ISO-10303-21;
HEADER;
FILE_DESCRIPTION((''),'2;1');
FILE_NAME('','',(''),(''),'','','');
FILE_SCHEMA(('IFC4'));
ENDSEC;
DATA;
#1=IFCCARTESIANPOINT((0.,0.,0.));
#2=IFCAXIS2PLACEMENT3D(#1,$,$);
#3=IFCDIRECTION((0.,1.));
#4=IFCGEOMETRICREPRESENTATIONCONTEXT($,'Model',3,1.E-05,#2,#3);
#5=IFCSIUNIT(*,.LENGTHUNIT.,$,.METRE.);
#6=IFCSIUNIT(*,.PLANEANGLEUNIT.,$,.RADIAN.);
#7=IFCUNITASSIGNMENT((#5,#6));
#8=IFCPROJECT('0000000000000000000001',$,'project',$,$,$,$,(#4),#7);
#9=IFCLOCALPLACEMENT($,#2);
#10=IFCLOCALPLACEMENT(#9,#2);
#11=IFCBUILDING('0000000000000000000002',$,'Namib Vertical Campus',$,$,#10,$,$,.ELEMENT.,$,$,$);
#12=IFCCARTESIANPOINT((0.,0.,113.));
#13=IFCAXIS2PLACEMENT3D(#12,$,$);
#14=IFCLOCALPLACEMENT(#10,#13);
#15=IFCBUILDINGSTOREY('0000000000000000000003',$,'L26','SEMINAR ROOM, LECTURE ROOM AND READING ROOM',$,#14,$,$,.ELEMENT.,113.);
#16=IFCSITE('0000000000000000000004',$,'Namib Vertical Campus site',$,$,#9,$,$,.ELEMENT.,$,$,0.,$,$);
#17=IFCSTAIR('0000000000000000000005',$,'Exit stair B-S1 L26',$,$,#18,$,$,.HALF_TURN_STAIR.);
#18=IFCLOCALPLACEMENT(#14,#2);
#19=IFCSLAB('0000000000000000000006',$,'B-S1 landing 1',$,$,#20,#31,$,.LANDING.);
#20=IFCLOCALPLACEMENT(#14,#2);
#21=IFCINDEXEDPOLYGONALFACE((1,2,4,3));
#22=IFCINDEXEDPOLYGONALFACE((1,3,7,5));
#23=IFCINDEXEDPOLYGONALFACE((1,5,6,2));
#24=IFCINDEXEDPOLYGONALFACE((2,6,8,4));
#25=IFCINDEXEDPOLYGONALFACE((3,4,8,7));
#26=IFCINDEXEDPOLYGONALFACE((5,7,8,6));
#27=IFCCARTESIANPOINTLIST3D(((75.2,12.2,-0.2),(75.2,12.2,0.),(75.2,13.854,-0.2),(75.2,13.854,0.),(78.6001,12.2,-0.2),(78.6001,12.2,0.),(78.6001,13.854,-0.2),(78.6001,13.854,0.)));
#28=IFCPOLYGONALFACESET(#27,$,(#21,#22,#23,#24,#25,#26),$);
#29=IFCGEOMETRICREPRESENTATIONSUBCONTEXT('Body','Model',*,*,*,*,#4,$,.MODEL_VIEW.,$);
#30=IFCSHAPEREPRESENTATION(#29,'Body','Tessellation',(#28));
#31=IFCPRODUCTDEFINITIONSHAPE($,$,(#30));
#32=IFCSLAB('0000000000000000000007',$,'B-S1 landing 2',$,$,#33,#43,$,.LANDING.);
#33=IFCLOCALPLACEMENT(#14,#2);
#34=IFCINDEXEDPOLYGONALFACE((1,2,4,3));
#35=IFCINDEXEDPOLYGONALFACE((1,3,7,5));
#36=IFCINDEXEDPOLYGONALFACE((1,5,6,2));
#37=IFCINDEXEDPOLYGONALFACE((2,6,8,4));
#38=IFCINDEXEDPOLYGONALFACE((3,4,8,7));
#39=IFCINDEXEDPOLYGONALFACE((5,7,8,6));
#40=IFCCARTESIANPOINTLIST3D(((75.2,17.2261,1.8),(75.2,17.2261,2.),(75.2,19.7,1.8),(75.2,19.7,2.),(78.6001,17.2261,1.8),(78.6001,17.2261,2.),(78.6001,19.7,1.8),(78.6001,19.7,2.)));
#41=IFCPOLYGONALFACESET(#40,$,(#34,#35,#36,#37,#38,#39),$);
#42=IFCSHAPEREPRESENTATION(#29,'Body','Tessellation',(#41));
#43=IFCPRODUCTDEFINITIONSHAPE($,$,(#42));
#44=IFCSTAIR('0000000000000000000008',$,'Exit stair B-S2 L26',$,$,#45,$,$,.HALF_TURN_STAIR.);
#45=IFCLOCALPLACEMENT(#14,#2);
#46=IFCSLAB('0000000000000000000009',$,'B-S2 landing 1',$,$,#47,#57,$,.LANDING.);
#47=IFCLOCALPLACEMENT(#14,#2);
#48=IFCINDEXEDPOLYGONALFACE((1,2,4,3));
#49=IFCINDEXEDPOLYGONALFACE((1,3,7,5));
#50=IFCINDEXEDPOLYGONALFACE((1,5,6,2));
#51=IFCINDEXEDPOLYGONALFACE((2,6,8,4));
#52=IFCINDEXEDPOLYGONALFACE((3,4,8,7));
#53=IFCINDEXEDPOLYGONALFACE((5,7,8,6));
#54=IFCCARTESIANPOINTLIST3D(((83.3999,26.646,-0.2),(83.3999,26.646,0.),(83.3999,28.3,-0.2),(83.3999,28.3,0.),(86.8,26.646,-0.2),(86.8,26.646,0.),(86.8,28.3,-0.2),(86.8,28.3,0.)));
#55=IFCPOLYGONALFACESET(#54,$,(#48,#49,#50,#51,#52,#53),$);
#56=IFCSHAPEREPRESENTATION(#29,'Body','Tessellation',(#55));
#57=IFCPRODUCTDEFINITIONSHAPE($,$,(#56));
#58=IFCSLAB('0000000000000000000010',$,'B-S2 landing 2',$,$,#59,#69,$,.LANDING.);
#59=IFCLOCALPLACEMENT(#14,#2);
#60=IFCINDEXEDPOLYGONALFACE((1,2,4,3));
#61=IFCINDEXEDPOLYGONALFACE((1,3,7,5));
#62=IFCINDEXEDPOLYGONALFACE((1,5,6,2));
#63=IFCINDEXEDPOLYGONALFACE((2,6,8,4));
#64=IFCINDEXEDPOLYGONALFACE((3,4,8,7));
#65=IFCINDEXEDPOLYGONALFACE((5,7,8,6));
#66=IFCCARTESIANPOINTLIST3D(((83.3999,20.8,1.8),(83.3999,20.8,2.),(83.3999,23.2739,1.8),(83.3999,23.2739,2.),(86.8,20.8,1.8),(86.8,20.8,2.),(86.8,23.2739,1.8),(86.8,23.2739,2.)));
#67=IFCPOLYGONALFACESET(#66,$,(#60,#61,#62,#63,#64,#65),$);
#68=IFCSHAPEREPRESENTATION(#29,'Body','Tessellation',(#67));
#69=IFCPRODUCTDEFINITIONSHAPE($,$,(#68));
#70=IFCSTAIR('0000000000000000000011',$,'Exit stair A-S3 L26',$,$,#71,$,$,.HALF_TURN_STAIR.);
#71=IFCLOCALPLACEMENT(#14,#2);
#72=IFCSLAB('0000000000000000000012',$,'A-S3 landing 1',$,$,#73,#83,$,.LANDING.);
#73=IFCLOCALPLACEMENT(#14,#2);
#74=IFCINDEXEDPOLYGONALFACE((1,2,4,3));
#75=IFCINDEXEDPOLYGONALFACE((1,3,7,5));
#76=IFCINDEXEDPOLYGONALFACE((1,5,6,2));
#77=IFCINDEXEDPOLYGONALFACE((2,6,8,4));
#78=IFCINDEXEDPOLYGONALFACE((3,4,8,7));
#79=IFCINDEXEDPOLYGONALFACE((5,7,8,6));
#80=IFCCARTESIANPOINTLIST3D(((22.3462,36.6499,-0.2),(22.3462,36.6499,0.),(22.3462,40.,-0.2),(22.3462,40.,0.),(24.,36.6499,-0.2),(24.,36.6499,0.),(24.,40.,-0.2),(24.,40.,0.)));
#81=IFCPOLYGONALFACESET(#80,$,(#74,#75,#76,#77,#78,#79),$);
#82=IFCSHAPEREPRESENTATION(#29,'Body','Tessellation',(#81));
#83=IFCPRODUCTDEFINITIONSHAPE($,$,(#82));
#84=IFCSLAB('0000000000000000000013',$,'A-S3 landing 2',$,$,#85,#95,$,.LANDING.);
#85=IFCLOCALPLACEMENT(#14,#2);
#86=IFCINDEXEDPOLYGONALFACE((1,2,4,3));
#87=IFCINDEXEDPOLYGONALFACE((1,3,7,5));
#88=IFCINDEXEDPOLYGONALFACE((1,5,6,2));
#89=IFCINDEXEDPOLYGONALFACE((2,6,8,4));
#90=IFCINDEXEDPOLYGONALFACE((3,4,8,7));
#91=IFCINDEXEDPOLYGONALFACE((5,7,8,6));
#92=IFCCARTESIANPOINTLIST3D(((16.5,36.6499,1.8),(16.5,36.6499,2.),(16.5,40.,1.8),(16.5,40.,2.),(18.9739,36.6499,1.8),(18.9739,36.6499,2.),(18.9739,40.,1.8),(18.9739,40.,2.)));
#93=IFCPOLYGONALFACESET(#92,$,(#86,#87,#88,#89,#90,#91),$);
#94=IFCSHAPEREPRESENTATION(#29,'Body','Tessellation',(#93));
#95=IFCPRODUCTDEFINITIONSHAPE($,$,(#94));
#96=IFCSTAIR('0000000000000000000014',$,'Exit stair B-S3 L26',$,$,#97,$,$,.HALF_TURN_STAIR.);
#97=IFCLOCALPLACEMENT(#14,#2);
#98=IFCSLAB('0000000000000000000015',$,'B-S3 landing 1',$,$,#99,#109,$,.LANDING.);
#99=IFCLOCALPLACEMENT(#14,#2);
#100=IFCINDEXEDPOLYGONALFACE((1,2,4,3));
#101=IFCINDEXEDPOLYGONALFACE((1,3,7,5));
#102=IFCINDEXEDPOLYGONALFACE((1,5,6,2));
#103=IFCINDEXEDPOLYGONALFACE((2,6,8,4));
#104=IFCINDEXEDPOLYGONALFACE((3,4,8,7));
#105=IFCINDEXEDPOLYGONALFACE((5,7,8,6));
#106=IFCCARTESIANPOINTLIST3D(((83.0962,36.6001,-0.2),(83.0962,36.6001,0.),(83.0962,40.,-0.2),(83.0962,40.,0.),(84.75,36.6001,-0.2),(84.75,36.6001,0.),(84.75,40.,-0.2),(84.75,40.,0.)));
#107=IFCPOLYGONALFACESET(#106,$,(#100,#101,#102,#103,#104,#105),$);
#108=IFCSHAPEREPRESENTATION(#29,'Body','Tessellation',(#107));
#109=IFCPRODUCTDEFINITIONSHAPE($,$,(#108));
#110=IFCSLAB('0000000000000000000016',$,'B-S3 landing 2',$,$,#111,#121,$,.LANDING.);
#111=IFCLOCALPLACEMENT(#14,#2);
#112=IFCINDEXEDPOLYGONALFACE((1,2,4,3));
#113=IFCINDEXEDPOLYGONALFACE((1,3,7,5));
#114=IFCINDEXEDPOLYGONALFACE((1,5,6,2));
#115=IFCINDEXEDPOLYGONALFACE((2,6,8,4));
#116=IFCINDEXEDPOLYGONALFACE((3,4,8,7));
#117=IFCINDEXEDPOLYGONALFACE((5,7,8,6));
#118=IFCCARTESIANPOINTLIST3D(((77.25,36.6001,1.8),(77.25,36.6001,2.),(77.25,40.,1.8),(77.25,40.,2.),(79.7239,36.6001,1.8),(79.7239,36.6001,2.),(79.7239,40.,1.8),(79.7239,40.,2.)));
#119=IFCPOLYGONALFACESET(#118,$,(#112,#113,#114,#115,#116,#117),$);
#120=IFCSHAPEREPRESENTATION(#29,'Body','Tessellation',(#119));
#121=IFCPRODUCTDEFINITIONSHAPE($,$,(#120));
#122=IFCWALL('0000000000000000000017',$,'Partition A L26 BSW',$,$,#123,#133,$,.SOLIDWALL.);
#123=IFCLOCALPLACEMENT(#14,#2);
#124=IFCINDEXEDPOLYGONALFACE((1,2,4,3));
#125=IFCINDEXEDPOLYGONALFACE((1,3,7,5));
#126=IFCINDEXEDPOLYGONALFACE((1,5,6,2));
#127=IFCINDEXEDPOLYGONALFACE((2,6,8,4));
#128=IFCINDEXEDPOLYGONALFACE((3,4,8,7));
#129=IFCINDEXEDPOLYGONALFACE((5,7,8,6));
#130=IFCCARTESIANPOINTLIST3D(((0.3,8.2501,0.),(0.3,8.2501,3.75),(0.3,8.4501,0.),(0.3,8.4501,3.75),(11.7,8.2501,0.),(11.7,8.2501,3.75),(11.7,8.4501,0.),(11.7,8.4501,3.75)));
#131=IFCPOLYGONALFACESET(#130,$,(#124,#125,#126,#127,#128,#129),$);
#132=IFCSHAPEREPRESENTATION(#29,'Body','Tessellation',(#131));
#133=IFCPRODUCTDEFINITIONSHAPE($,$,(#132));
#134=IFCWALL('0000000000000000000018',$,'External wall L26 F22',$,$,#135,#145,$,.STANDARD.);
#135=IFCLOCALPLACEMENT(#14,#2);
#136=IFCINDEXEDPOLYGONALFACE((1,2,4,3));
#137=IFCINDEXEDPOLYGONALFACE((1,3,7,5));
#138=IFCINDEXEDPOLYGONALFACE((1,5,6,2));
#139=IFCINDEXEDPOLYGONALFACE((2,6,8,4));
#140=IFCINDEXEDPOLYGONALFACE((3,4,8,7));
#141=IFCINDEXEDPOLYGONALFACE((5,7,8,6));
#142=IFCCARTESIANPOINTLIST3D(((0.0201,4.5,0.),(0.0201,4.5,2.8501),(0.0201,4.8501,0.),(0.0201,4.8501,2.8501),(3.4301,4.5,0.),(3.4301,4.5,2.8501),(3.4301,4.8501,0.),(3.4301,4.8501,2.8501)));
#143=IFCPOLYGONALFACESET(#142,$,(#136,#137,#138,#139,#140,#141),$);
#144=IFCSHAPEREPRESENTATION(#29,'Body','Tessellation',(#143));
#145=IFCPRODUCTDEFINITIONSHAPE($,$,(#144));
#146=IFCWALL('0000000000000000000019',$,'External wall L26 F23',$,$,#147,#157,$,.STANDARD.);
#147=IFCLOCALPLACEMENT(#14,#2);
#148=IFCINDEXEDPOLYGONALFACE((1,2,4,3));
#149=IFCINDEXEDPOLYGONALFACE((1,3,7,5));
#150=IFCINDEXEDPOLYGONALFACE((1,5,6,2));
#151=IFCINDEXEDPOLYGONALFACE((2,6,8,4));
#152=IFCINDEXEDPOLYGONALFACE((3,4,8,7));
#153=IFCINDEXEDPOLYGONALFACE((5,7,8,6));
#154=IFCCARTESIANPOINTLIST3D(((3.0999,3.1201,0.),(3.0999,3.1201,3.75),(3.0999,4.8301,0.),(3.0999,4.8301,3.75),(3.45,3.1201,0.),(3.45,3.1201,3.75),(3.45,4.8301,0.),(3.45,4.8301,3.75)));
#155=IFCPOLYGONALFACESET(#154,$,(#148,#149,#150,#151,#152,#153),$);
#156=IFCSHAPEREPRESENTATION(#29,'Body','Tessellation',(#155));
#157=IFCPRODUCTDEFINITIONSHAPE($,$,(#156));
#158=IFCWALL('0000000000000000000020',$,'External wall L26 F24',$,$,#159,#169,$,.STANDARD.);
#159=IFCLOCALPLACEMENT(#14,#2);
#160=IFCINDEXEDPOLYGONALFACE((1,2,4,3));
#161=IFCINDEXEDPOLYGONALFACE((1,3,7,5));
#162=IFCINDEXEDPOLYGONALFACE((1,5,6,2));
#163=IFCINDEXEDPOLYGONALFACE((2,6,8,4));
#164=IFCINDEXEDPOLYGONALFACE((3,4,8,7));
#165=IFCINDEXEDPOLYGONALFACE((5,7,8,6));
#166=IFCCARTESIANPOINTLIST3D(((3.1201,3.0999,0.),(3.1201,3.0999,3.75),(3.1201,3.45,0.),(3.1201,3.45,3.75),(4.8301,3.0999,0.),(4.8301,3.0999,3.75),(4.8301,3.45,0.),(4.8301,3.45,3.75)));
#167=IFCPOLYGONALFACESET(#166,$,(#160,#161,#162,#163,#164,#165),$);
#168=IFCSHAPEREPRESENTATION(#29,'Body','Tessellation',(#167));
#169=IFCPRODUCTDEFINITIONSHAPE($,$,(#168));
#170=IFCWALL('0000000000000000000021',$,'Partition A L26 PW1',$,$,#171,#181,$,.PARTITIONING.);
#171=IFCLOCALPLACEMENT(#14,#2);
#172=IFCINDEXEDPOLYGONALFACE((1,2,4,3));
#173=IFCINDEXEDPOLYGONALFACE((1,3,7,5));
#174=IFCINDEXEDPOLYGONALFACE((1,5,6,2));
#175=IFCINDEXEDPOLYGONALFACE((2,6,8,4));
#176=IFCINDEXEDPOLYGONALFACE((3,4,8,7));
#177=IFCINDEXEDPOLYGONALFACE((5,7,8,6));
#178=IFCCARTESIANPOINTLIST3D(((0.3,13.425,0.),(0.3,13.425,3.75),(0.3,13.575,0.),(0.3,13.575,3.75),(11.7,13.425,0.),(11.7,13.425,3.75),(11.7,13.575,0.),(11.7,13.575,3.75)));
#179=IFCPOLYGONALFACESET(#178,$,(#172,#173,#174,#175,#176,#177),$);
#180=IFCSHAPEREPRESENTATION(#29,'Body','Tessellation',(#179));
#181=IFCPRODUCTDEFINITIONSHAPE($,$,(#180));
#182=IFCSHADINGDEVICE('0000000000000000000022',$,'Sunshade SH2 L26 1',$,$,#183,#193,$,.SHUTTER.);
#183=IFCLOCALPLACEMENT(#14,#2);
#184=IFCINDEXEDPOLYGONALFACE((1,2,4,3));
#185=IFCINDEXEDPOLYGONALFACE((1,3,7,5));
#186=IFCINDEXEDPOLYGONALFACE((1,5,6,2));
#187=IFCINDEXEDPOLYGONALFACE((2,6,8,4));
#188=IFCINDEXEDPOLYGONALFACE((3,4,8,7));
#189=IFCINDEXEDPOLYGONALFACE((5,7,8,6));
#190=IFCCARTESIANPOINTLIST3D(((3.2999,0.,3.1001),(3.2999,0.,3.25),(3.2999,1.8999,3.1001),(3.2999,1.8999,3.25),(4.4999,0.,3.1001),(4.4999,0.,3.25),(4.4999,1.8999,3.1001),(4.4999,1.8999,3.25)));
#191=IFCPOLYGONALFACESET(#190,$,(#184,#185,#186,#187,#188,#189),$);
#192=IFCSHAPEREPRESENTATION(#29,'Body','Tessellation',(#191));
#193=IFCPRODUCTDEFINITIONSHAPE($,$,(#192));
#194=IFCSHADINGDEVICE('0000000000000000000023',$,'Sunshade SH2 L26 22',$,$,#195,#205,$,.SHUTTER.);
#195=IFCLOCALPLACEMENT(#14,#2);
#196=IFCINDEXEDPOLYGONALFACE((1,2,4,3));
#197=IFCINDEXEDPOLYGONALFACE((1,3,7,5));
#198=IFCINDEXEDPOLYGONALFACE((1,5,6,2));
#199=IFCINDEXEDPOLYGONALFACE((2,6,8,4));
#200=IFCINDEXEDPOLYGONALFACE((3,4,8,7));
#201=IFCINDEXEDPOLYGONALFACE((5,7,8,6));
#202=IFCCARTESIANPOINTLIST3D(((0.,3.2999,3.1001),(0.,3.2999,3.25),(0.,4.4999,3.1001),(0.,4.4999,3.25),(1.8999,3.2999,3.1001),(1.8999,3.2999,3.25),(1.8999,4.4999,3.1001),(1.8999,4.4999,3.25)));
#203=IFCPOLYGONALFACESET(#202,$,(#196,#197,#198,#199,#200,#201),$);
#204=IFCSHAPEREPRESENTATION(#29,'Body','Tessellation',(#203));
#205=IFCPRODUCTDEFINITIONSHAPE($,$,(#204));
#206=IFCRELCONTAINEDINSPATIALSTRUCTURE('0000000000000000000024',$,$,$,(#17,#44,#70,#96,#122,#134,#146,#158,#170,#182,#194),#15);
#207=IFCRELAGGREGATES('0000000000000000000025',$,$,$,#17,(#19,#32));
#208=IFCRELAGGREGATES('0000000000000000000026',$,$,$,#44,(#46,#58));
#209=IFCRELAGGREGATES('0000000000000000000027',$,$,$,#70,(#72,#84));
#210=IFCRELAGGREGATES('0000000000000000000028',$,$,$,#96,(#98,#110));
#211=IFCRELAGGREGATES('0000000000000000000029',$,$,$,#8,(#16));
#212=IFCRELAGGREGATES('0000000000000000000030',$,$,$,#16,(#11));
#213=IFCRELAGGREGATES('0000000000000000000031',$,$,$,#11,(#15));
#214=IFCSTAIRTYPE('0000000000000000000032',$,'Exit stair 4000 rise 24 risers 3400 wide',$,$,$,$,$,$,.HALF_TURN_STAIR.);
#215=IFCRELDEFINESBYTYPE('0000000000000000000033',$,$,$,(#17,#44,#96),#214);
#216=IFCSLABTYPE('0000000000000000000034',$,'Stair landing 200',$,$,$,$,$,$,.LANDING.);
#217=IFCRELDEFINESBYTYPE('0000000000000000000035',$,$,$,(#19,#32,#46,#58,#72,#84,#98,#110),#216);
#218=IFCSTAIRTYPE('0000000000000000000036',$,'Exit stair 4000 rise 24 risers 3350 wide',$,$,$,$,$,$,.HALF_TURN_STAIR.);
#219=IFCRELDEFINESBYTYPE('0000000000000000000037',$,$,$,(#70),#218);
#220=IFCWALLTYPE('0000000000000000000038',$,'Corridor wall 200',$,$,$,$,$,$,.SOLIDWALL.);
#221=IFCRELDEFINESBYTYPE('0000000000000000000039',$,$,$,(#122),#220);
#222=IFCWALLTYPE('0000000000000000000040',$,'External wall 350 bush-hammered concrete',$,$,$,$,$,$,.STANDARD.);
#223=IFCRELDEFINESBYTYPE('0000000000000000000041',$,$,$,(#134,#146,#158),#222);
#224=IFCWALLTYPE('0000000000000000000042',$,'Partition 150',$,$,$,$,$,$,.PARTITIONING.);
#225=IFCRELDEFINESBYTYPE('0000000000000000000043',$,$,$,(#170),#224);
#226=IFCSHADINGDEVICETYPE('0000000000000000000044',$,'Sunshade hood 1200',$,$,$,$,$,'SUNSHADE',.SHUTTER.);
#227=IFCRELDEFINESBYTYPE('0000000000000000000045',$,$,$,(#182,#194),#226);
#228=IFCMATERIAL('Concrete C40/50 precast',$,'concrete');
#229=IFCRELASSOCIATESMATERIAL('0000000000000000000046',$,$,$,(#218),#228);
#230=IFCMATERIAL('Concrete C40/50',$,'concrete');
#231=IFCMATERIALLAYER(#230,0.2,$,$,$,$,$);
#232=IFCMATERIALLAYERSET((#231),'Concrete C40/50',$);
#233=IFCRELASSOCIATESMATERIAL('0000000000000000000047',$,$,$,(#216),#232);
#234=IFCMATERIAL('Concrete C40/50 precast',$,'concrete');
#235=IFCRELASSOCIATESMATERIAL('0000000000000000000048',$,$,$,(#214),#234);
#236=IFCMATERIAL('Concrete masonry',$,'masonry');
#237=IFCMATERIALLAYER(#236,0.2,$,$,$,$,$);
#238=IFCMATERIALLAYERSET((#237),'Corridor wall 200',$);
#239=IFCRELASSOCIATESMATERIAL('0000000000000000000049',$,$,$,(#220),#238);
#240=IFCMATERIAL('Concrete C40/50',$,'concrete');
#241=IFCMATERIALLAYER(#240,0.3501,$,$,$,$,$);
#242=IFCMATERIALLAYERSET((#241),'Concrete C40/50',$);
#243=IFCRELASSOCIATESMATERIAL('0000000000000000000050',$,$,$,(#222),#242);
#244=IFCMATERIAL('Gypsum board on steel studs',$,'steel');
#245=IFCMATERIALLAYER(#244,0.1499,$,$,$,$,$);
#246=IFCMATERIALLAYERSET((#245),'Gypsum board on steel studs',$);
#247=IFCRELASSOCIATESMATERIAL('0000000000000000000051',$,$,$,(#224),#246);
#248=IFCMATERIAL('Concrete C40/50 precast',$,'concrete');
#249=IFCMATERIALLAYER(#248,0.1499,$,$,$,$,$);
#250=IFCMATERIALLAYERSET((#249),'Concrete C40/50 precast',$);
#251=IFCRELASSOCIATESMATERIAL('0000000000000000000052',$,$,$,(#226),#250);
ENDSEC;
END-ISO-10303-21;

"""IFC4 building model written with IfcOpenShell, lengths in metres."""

from ifc_helpers import new_model, si_unit, direction, frame, frame_2d, origin, origin_2d, place, context, subcontext, project, spatial, polyline, rectangle, outline, extrude, material, layer, layer_set, type_object, element, aggregate, save


model = new_model("IFC4")

# Units and contexts
model_context = context("Model", 3, precision=1e-05, world=origin(), true_north=direction((0.0, 1.0)))
body_context = subcontext(model_context, "Body", "Model", "MODEL_VIEW")
ifc_project = project(units=[si_unit("LENGTHUNIT", "METRE"), si_unit("PLANEANGLEUNIT", "RADIAN")], contexts=[model_context])

# Site, building, storey
site_placement = place(None, origin())
site = spatial("IfcSite", under=ifc_project, at=site_placement, Name="Namib Vertical Campus site", CompositionType="ELEMENT", RefElevation=0.0)
building_placement = place(site_placement, origin())
building = spatial("IfcBuilding", under=site, at=building_placement, Name="Namib Vertical Campus", CompositionType="ELEMENT")
storey_placement = place(building_placement, frame((0.0, 0.0, 113.0)))
storey = spatial("IfcBuildingStorey", under=building, at=storey_placement, Name="L26", Description="SEMINAR ROOM, LECTURE ROOM AND READING ROOM", CompositionType="ELEMENT", Elevation=113.0)

# Stairs, slabs
ifc_material_1 = material(Name="Concrete C40/50 precast", Category="concrete")
stair_type_1 = type_object("IfcStairType", Name="Exit stair 4000 rise 24 risers 3350 wide", PredefinedType="HALF_TURN_STAIR", material=ifc_material_1)
ifc_material_2 = material(Name="Concrete C40/50", Category="concrete")
ifc_layer_1 = layer(ifc_material_2, 0.2)
ifc_layer_set_1 = layer_set([ifc_layer_1], Name="Concrete C40/50")
slab_type_1 = type_object("IfcSlabType", Name="Stair landing 200", PredefinedType="LANDING", material=ifc_layer_set_1)
ifc_material_3 = material(Name="Concrete C40/50 precast", Category="concrete")
stair_type_2 = type_object("IfcStairType", Name="Exit stair 4000 rise 24 risers 3400 wide", PredefinedType="HALF_TURN_STAIR", material=ifc_material_3)
stair_1_placement = place(storey_placement, origin())
stair_1 = element("IfcStair", 1, at=stair_1_placement, inside=storey, type_object=stair_type_2, Name="Exit stair B-S1 L26", PredefinedType="HALF_TURN_STAIR")
slab_1_placement = place(storey_placement, frame((0.0, 0.0, -0.2)))
slab_1 = element("IfcSlab", 2, at=slab_1_placement, type_object=slab_type_1, Name="B-S1 landing 1", PredefinedType="LANDING", context=body_context, shape_type="SweptSolid", body=[
    extrude(outline(polyline([(75.2, 12.2), (78.6001, 12.2), (78.6001, 13.854), (75.2, 13.854), (75.2, 12.2)])), origin(), (0.0, 0.0, 1.0), 0.2),
])
slab_2_placement = place(storey_placement, frame((0.0, 0.0, 1.8)))
slab_2 = element("IfcSlab", 3, at=slab_2_placement, type_object=slab_type_1, Name="B-S1 landing 2", PredefinedType="LANDING", context=body_context, shape_type="SweptSolid", body=[
    extrude(outline(polyline([(75.2, 17.2261), (78.6001, 17.2261), (78.6001, 19.7), (75.2, 19.7), (75.2, 17.2261)])), origin(), (0.0, 0.0, 1.0), 0.2),
])
aggregate(stair_1, [slab_1, slab_2])
stair_2_placement = place(storey_placement, origin())
stair_2 = element("IfcStair", 4, at=stair_2_placement, inside=storey, type_object=stair_type_2, Name="Exit stair B-S2 L26", PredefinedType="HALF_TURN_STAIR")
slab_3_placement = place(storey_placement, frame((0.0, 0.0, -0.2)))
slab_3 = element("IfcSlab", 5, at=slab_3_placement, type_object=slab_type_1, Name="B-S2 landing 1", PredefinedType="LANDING", context=body_context, shape_type="SweptSolid", body=[
    extrude(outline(polyline([(83.3999, 26.646), (86.8, 26.646), (86.8, 28.3), (83.3999, 28.3), (83.3999, 26.646)])), origin(), (0.0, 0.0, 1.0), 0.2),
])
slab_4_placement = place(storey_placement, frame((0.0, 0.0, 1.8)))
slab_4 = element("IfcSlab", 6, at=slab_4_placement, type_object=slab_type_1, Name="B-S2 landing 2", PredefinedType="LANDING", context=body_context, shape_type="SweptSolid", body=[
    extrude(outline(polyline([(83.3999, 20.8), (86.8, 20.8), (86.8, 23.2739), (83.3999, 23.2739), (83.3999, 20.8)])), origin(), (0.0, 0.0, 1.0), 0.2),
])
aggregate(stair_2, [slab_3, slab_4])
stair_3_placement = place(storey_placement, origin())
stair_3 = element("IfcStair", 7, at=stair_3_placement, inside=storey, type_object=stair_type_1, Name="Exit stair A-S3 L26", PredefinedType="HALF_TURN_STAIR")
slab_5_placement = place(storey_placement, frame((0.0, 0.0, -0.2)))
slab_5 = element("IfcSlab", 8, at=slab_5_placement, type_object=slab_type_1, Name="A-S3 landing 1", PredefinedType="LANDING", context=body_context, shape_type="SweptSolid", body=[
    extrude(outline(polyline([(22.3462, 36.6499), (22.3462, 40.0), (24.0, 40.0), (24.0, 36.6499), (22.3462, 36.6499)])), origin(), (0.0, 0.0, 1.0), 0.2),
])
slab_6_placement = place(storey_placement, frame((0.0, 0.0, 1.8)))
slab_6 = element("IfcSlab", 9, at=slab_6_placement, type_object=slab_type_1, Name="A-S3 landing 2", PredefinedType="LANDING", context=body_context, shape_type="SweptSolid", body=[
    extrude(outline(polyline([(16.5, 36.6499), (16.5, 40.0), (18.9739, 40.0), (18.9739, 36.6499), (16.5, 36.6499)])), origin(), (0.0, 0.0, 1.0), 0.2),
])
aggregate(stair_3, [slab_5, slab_6])
stair_4_placement = place(storey_placement, origin())
stair_4 = element("IfcStair", 10, at=stair_4_placement, inside=storey, type_object=stair_type_2, Name="Exit stair B-S3 L26", PredefinedType="HALF_TURN_STAIR")
slab_7_placement = place(storey_placement, frame((0.0, 0.0, -0.2)))
slab_7 = element("IfcSlab", 11, at=slab_7_placement, type_object=slab_type_1, Name="B-S3 landing 1", PredefinedType="LANDING", context=body_context, shape_type="SweptSolid", body=[
    extrude(outline(polyline([(83.0962, 36.6001), (83.0962, 40.0), (84.75, 40.0), (84.75, 36.6001), (83.0962, 36.6001)])), origin(), (0.0, 0.0, 1.0), 0.2),
])
slab_8_placement = place(storey_placement, frame((0.0, 0.0, 1.8)))
slab_8 = element("IfcSlab", 12, at=slab_8_placement, type_object=slab_type_1, Name="B-S3 landing 2", PredefinedType="LANDING", context=body_context, shape_type="SweptSolid", body=[
    extrude(outline(polyline([(77.25, 36.6001), (77.25, 40.0), (79.7239, 40.0), (79.7239, 36.6001), (77.25, 36.6001)])), origin(), (0.0, 0.0, 1.0), 0.2),
])
aggregate(stair_4, [slab_7, slab_8])

# Walls
ifc_material_4 = material(Name="Concrete masonry", Category="masonry")
ifc_layer_2 = layer(ifc_material_4, 0.2)
ifc_layer_set_2 = layer_set([ifc_layer_2], Name="Corridor wall 200")
wall_type_1 = type_object("IfcWallType", Name="Corridor wall 200", PredefinedType="SOLIDWALL", material=ifc_layer_set_2)
wall_1_placement = place(storey_placement, frame((0.3, 8.3501, 0.0), z_axis=(0.0, 0.0, 1.0), x_axis=(1.0, 0.0, 0.0)))
element("IfcWall", 13, at=wall_1_placement, inside=storey, type_object=wall_type_1, Name="Partition A L26 BSW", PredefinedType="SOLIDWALL", context=body_context, shape_type="SweptSolid", body=[
    extrude(rectangle(XDim=11.3999, YDim=0.2, at=frame_2d((5.7, 0.0))), origin(), (0.0, 0.0, 1.0), 3.75),
])
ifc_material_5 = material(Name="Concrete C40/50", Category="concrete")
ifc_layer_3 = layer(ifc_material_5, 0.3501)
ifc_layer_set_3 = layer_set([ifc_layer_3], Name="Concrete C40/50")
wall_type_2 = type_object("IfcWallType", Name="External wall 350 bush-hammered concrete", PredefinedType="STANDARD", material=ifc_layer_set_3)
wall_2_placement = place(storey_placement, frame((0.02, 4.675, 0.0), z_axis=(0.0, 0.0, 1.0), x_axis=(1.0, 0.0, 0.0)))
element("IfcWall", 14, at=wall_2_placement, inside=storey, type_object=wall_type_2, Name="External wall L26 F22", PredefinedType="STANDARD", context=body_context, shape_type="SweptSolid", body=[
    extrude(rectangle(XDim=3.4099, YDim=0.3501, at=frame_2d((1.7051, 0.0))), origin(), (0.0, 0.0, 1.0), 2.8501),
])
for number, where, z_axis, x_axis, name in (
    (15, (3.2749, 4.8301, 0.0), (0.0, 0.0, 1.0), (0.0, -1.0, 0.0), "External wall L26 F23"),
    (16, (3.1201, 3.2749, 0.0), (0.0, 0.0, 1.0), (1.0, 0.0, 0.0), "External wall L26 F24"),
):
    element("IfcWall", number, at=place(storey_placement, frame(where, z_axis=z_axis, x_axis=x_axis)), inside=storey, type_object=wall_type_2, Name=name, PredefinedType="STANDARD", context=body_context, shape_type="SweptSolid", body=[
        extrude(rectangle(XDim=1.71, YDim=0.3501, at=frame_2d((0.855, 0.0))), origin(), (0.0, 0.0, 1.0), 3.75),
    ])
ifc_material_6 = material(Name="Gypsum board on steel studs", Category="steel")
ifc_layer_4 = layer(ifc_material_6, 0.1499)
ifc_layer_set_4 = layer_set([ifc_layer_4], Name="Gypsum board on steel studs")
wall_type_3 = type_object("IfcWallType", Name="Partition 150", PredefinedType="PARTITIONING", material=ifc_layer_set_4)
wall_3_placement = place(storey_placement, frame((0.3, 13.5, 0.0), z_axis=(0.0, 0.0, 1.0), x_axis=(1.0, 0.0, 0.0)))
element("IfcWall", 17, at=wall_3_placement, inside=storey, type_object=wall_type_3, Name="Partition A L26 PW1", PredefinedType="PARTITIONING", context=body_context, shape_type="SweptSolid", body=[
    extrude(rectangle(XDim=11.3999, YDim=0.1499, at=frame_2d((5.7, 0.0))), origin(), (0.0, 0.0, 1.0), 3.75),
])

# Shading devices
ifc_material_7 = material(Name="Concrete C40/50 precast", Category="concrete")
ifc_layer_5 = layer(ifc_material_7, 0.1499)
ifc_layer_set_5 = layer_set([ifc_layer_5], Name="Concrete C40/50 precast")
shading_device_type = type_object("IfcShadingDeviceType", Name="Sunshade hood 1200", ElementType="SUNSHADE", PredefinedType="SHUTTER", material=ifc_layer_set_5)
for number, where, z_axis, x_axis, name in (
    (18, (3.8999, 0.95, 3.1001), (0.0, 0.0, 1.0), (0.0, -1.0, 0.0), "Sunshade SH2 L26 1"),
    (19, (0.95, 3.8999, 3.1001), (0.0, 0.0, 1.0), (1.0, 0.0, 0.0), "Sunshade SH2 L26 22"),
):
    element("IfcShadingDevice", number, at=place(storey_placement, frame(where, z_axis=z_axis, x_axis=x_axis)), inside=storey, type_object=shading_device_type, Name=name, PredefinedType="SHUTTER", context=body_context, shape_type="SweptSolid", body=[
        extrude(rectangle(XDim=1.8999, YDim=1.2, at=origin_2d()), origin(), (0.0, 0.0, 1.0), 0.1499),
    ])

save(model, "model.ifc")
